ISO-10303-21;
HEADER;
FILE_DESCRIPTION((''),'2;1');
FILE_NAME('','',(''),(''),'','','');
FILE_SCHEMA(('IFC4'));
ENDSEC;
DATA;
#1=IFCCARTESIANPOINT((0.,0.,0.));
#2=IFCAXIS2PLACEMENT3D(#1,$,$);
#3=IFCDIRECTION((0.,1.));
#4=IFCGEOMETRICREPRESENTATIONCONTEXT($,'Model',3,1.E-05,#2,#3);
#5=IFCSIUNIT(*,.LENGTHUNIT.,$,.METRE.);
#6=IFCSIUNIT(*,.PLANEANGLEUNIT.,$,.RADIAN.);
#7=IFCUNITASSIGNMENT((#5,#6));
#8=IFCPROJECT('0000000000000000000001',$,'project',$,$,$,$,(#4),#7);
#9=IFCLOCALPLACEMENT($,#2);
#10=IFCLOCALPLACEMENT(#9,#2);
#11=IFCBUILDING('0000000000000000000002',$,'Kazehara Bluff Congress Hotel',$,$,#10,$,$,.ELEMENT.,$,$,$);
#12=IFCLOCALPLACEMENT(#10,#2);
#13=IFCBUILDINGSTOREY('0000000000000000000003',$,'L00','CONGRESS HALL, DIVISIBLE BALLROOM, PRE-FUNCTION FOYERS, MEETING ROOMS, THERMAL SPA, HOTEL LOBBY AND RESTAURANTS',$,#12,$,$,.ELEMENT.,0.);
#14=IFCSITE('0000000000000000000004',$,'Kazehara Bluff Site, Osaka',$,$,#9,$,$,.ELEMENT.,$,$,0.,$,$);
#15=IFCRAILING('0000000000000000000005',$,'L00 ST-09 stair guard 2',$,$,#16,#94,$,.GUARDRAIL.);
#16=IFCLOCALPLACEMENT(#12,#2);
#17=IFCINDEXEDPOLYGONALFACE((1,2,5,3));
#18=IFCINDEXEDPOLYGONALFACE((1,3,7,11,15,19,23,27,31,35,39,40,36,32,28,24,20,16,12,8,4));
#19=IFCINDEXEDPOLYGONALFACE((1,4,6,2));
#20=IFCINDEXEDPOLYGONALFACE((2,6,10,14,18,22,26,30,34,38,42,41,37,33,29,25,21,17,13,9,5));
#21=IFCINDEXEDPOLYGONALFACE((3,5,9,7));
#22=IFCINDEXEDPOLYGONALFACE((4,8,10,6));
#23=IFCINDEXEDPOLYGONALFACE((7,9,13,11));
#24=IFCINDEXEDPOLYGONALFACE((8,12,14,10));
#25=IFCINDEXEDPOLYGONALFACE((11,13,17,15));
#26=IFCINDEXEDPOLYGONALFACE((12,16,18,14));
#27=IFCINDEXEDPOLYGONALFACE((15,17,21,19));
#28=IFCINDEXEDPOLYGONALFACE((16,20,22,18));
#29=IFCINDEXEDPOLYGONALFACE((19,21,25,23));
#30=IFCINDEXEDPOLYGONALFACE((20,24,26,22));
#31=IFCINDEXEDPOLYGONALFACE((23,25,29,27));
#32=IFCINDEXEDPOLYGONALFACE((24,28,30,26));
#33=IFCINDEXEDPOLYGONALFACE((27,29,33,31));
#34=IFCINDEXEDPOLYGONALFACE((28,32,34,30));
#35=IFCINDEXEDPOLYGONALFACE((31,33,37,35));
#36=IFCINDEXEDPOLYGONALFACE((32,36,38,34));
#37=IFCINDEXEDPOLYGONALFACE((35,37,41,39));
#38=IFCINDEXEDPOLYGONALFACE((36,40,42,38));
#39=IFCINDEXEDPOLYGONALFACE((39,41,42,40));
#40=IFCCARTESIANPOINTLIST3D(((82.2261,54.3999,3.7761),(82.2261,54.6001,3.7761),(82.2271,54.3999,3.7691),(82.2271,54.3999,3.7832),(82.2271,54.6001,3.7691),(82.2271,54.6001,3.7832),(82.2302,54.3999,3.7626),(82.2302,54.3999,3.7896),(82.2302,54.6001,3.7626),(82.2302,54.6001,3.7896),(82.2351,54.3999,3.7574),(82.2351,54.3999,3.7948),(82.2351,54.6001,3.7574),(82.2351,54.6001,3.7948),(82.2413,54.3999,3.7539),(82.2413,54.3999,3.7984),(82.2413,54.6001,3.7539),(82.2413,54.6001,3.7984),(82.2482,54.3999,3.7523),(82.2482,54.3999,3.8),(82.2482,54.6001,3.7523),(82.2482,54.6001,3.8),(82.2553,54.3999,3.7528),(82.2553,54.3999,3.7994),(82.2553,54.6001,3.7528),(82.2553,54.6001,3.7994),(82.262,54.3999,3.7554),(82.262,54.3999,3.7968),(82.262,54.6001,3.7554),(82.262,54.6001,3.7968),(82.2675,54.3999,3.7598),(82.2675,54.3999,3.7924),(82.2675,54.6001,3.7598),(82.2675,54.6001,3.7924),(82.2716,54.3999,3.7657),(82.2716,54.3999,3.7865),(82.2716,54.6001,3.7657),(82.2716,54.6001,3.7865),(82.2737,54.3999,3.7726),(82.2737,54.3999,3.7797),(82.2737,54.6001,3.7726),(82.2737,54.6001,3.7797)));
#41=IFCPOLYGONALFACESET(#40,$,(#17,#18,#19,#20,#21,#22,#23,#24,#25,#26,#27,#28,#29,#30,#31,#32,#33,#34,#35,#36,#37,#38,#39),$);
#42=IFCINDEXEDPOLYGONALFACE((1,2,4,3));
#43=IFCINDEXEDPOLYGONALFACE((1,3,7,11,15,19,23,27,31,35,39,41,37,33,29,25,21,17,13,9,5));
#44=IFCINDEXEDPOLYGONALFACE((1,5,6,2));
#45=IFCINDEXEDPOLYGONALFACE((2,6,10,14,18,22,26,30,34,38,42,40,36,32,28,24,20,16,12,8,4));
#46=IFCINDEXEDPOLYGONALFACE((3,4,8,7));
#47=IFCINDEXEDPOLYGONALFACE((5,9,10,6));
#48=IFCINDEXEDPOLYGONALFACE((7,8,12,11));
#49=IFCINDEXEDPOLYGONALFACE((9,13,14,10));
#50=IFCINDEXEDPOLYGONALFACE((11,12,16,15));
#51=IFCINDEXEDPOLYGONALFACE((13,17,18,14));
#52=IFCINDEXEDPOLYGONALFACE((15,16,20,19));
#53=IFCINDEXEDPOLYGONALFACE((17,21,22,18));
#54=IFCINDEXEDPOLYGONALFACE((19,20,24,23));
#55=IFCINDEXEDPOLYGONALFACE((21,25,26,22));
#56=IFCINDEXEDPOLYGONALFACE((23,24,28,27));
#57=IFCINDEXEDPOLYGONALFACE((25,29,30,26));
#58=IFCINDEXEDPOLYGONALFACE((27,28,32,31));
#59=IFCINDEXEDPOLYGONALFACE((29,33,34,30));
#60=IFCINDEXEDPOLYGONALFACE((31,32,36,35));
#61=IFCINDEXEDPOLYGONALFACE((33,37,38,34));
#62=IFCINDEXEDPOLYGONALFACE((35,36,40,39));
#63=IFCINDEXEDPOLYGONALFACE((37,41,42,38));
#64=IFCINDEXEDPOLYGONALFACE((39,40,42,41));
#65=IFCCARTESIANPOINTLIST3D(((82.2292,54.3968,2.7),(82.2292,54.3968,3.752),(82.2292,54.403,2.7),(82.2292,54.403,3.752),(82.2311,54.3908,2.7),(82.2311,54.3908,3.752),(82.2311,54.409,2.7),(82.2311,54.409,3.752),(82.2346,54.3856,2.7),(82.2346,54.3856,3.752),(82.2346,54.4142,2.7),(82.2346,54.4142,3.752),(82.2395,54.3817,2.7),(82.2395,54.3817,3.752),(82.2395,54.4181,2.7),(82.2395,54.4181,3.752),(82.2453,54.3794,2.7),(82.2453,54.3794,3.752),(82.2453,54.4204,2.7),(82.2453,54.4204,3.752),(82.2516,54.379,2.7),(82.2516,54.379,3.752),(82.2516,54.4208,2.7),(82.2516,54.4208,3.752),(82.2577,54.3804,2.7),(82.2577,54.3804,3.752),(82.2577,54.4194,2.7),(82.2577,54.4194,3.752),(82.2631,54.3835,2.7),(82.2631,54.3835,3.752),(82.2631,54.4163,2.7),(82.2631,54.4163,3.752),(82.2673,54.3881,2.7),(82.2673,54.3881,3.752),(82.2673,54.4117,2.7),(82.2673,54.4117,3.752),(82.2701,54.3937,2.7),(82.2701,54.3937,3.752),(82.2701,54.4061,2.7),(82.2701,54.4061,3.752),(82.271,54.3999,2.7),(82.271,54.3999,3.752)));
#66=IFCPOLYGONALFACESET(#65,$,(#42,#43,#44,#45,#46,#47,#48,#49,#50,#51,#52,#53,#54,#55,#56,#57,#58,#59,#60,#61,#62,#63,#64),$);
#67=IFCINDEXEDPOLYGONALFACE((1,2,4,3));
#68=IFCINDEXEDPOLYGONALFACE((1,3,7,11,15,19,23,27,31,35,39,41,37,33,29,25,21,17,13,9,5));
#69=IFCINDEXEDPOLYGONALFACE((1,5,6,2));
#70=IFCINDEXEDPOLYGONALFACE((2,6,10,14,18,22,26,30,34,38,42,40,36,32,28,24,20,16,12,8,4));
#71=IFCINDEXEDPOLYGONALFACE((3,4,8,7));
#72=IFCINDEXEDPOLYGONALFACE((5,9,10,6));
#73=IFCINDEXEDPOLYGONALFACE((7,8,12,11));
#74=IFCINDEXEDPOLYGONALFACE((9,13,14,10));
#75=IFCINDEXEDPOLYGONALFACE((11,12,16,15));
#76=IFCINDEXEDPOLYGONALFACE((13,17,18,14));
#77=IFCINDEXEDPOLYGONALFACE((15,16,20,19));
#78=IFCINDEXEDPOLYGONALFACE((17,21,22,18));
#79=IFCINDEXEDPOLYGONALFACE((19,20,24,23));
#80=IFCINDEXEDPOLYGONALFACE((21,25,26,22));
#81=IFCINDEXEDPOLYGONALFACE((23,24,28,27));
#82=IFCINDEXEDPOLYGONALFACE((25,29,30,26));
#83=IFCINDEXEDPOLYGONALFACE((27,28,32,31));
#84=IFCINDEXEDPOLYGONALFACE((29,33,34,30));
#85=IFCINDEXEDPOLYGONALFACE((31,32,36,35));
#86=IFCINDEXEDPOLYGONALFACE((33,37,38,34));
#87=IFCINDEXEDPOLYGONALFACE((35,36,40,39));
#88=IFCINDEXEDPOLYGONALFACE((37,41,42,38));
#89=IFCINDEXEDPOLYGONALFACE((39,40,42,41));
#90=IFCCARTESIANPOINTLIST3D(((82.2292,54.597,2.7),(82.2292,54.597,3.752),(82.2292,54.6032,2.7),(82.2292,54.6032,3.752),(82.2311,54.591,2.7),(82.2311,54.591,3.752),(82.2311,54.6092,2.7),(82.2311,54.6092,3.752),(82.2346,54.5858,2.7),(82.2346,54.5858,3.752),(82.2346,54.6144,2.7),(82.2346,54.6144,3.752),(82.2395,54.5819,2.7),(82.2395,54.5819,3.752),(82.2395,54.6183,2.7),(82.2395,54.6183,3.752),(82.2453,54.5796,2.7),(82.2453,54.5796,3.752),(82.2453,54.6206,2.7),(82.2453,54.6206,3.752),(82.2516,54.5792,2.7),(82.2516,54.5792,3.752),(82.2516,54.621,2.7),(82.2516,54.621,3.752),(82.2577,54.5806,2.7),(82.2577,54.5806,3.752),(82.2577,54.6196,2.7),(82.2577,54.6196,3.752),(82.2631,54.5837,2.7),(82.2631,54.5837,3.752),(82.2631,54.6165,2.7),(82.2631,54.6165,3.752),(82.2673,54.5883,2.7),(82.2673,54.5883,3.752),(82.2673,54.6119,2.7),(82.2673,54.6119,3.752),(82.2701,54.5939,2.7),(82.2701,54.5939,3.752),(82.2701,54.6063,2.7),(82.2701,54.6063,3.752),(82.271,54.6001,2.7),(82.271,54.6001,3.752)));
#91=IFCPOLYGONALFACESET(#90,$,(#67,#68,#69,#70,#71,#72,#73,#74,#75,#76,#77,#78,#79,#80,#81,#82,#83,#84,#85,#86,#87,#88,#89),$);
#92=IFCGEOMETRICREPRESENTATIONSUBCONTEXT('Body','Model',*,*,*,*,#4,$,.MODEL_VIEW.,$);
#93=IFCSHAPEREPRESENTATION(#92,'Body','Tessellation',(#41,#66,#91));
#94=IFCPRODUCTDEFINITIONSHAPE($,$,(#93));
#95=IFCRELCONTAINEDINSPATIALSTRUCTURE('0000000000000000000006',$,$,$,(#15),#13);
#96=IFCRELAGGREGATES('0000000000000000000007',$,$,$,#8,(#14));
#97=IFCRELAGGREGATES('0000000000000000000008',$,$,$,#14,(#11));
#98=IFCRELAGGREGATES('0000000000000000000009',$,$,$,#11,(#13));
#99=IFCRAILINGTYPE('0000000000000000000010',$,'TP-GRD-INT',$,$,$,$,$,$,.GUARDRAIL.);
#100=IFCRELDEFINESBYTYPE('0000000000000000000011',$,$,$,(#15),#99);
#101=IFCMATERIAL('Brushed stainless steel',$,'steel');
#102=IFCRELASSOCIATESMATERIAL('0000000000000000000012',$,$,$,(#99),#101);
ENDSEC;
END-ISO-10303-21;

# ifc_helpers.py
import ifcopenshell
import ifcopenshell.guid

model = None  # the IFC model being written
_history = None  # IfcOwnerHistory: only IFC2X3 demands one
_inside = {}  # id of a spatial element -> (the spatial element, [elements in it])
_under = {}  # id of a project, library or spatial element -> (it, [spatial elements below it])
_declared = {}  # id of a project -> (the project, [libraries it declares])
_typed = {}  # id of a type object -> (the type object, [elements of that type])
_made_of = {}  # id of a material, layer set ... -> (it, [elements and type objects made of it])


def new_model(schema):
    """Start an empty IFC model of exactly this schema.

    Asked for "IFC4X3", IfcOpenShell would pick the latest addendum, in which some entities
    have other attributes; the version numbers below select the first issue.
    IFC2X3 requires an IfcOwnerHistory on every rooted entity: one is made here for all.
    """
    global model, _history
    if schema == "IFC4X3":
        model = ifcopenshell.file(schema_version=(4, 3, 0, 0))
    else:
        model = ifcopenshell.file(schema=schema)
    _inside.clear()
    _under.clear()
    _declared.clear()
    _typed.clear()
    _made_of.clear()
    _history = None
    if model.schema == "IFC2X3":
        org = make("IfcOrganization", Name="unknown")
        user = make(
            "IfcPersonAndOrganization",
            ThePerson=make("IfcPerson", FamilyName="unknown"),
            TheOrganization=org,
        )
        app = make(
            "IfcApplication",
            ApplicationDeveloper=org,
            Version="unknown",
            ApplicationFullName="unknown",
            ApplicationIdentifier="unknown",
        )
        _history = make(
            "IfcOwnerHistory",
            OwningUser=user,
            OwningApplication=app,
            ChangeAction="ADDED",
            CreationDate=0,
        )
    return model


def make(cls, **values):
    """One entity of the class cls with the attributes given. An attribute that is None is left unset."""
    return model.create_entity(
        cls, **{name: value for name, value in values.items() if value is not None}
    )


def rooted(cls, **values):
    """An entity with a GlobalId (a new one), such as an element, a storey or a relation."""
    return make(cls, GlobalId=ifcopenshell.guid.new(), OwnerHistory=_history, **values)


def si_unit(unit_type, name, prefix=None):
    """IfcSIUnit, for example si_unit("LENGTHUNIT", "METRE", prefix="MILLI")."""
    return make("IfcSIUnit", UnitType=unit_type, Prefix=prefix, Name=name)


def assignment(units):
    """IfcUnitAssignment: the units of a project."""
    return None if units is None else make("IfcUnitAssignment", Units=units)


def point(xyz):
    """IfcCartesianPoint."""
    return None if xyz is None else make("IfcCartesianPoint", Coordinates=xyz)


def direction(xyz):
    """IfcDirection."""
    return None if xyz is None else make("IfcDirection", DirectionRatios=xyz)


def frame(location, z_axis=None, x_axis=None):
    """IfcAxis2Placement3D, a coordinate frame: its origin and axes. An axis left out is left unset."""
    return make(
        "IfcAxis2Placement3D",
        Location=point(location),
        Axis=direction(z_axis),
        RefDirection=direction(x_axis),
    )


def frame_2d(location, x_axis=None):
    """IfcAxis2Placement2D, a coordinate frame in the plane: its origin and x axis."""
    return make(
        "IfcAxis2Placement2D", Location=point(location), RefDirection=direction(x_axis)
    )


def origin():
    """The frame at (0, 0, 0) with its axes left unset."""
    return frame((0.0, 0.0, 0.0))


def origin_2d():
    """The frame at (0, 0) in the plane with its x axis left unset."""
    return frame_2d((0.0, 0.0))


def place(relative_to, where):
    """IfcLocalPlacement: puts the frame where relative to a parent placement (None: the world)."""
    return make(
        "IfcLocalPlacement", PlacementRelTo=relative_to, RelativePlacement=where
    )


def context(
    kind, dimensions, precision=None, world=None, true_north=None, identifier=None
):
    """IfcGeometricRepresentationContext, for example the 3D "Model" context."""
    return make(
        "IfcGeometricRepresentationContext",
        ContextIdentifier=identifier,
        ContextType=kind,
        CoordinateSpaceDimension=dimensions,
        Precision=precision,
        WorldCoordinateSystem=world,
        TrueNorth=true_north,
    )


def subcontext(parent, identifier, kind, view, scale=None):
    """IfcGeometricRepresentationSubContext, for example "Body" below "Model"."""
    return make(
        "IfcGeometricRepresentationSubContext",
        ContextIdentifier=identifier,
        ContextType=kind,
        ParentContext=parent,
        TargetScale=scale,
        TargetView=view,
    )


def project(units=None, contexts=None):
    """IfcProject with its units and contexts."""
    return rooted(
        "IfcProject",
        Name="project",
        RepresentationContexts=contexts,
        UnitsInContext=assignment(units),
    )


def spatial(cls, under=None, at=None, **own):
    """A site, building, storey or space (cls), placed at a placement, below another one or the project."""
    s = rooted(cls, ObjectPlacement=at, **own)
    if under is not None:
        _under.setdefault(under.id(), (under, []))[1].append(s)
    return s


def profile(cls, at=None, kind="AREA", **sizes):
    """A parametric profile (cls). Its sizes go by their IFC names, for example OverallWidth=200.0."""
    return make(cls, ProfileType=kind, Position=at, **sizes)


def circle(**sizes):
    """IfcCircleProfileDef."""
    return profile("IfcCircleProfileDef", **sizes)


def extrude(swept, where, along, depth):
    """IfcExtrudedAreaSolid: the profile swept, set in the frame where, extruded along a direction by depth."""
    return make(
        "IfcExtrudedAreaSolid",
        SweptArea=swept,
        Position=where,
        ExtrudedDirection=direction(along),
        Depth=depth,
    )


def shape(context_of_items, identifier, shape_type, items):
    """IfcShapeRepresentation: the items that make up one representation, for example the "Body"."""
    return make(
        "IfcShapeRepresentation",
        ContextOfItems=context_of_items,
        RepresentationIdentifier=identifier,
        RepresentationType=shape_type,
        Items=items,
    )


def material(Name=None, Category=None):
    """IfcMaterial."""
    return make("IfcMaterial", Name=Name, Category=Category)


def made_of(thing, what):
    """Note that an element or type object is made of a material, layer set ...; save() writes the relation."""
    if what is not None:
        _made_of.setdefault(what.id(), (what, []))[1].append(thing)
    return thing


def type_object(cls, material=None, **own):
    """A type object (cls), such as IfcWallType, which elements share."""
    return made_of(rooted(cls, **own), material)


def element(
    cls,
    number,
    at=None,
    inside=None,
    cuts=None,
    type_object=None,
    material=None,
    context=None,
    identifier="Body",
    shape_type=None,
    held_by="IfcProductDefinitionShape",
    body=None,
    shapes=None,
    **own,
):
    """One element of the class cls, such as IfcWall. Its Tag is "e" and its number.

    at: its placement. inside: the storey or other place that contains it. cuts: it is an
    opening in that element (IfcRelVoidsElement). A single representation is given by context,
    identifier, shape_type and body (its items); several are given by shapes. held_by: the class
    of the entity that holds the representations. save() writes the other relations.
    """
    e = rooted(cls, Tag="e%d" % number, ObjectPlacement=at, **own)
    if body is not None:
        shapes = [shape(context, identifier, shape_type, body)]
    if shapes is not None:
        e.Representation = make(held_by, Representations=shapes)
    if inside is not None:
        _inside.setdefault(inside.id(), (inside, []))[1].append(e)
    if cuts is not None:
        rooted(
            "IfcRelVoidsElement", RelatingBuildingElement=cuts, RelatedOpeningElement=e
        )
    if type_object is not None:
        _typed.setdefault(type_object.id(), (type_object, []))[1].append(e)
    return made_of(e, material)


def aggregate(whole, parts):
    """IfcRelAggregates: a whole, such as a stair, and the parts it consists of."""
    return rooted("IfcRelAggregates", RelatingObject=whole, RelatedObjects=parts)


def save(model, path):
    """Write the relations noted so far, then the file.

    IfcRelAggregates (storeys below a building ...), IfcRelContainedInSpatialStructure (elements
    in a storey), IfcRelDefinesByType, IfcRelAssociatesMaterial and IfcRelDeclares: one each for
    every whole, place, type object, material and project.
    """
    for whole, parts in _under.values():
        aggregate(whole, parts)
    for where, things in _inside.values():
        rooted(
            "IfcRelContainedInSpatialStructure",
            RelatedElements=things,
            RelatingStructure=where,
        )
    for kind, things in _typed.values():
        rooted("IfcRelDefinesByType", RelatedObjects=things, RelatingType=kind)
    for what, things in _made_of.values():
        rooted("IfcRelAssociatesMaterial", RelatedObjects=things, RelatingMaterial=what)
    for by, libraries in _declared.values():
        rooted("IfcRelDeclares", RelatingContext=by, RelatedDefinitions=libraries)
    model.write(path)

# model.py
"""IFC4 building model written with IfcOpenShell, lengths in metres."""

from ifc_helpers import new_model, si_unit, direction, frame, origin, origin_2d, place, context, subcontext, project, spatial, circle, extrude, material, type_object, element, save


model = new_model("IFC4")

# Units and contexts
model_context = context("Model", 3, precision=1e-05, world=origin(), true_north=direction((0.0, 1.0)))
body_context = subcontext(model_context, "Body", "Model", "MODEL_VIEW")
ifc_project = project(units=[si_unit("LENGTHUNIT", "METRE"), si_unit("PLANEANGLEUNIT", "RADIAN")], contexts=[model_context])

# Site, building, storey
site_placement = place(None, origin())
site = spatial("IfcSite", under=ifc_project, at=site_placement, Name="Kazehara Bluff Site, Osaka", CompositionType="ELEMENT", RefElevation=0.0)
building_placement = place(site_placement, origin())
building = spatial("IfcBuilding", under=site, at=building_placement, Name="Kazehara Bluff Congress Hotel", CompositionType="ELEMENT")
storey_placement = place(building_placement, origin())
storey = spatial("IfcBuildingStorey", under=building, at=storey_placement, Name="L00", Description="CONGRESS HALL, DIVISIBLE BALLROOM, PRE-FUNCTION FOYERS, MEETING ROOMS, THERMAL SPA, HOTEL LOBBY AND RESTAURANTS", CompositionType="ELEMENT", Elevation=0.0)

# Railing
ifc_material_1 = material(Name="Brushed stainless steel", Category="steel")
railing_type_1 = type_object("IfcRailingType", Name="TP-GRD-INT", PredefinedType="GUARDRAIL", material=ifc_material_1)
railing_1_placement = place(storey_placement, frame((82.25, 54.3999, 2.7)))
element("IfcRailing", 1, at=railing_1_placement, inside=storey, type_object=railing_type_1, Name="L00 ST-09 stair guard 2", PredefinedType="GUARDRAIL", context=body_context, shape_type="SweptSolid", body=[
    extrude(circle(Radius=0.0239, at=origin_2d()), frame((0.0, 0.0, 1.0762), z_axis=(0.0, 1.0, 0.0), x_axis=(-1.0, 0.0, 0.0)), (0.0, 0.0, 1.0), 0.2002),
    extrude(circle(Radius=0.021, at=origin_2d()), origin(), (0.0, 0.0, 1.0), 1.052),
    extrude(circle(Radius=0.021, at=origin_2d()), frame((0.0, 0.2002, 0.0)), (0.0, 0.0, 1.0), 1.052),
])

save(model, "model.ifc")
